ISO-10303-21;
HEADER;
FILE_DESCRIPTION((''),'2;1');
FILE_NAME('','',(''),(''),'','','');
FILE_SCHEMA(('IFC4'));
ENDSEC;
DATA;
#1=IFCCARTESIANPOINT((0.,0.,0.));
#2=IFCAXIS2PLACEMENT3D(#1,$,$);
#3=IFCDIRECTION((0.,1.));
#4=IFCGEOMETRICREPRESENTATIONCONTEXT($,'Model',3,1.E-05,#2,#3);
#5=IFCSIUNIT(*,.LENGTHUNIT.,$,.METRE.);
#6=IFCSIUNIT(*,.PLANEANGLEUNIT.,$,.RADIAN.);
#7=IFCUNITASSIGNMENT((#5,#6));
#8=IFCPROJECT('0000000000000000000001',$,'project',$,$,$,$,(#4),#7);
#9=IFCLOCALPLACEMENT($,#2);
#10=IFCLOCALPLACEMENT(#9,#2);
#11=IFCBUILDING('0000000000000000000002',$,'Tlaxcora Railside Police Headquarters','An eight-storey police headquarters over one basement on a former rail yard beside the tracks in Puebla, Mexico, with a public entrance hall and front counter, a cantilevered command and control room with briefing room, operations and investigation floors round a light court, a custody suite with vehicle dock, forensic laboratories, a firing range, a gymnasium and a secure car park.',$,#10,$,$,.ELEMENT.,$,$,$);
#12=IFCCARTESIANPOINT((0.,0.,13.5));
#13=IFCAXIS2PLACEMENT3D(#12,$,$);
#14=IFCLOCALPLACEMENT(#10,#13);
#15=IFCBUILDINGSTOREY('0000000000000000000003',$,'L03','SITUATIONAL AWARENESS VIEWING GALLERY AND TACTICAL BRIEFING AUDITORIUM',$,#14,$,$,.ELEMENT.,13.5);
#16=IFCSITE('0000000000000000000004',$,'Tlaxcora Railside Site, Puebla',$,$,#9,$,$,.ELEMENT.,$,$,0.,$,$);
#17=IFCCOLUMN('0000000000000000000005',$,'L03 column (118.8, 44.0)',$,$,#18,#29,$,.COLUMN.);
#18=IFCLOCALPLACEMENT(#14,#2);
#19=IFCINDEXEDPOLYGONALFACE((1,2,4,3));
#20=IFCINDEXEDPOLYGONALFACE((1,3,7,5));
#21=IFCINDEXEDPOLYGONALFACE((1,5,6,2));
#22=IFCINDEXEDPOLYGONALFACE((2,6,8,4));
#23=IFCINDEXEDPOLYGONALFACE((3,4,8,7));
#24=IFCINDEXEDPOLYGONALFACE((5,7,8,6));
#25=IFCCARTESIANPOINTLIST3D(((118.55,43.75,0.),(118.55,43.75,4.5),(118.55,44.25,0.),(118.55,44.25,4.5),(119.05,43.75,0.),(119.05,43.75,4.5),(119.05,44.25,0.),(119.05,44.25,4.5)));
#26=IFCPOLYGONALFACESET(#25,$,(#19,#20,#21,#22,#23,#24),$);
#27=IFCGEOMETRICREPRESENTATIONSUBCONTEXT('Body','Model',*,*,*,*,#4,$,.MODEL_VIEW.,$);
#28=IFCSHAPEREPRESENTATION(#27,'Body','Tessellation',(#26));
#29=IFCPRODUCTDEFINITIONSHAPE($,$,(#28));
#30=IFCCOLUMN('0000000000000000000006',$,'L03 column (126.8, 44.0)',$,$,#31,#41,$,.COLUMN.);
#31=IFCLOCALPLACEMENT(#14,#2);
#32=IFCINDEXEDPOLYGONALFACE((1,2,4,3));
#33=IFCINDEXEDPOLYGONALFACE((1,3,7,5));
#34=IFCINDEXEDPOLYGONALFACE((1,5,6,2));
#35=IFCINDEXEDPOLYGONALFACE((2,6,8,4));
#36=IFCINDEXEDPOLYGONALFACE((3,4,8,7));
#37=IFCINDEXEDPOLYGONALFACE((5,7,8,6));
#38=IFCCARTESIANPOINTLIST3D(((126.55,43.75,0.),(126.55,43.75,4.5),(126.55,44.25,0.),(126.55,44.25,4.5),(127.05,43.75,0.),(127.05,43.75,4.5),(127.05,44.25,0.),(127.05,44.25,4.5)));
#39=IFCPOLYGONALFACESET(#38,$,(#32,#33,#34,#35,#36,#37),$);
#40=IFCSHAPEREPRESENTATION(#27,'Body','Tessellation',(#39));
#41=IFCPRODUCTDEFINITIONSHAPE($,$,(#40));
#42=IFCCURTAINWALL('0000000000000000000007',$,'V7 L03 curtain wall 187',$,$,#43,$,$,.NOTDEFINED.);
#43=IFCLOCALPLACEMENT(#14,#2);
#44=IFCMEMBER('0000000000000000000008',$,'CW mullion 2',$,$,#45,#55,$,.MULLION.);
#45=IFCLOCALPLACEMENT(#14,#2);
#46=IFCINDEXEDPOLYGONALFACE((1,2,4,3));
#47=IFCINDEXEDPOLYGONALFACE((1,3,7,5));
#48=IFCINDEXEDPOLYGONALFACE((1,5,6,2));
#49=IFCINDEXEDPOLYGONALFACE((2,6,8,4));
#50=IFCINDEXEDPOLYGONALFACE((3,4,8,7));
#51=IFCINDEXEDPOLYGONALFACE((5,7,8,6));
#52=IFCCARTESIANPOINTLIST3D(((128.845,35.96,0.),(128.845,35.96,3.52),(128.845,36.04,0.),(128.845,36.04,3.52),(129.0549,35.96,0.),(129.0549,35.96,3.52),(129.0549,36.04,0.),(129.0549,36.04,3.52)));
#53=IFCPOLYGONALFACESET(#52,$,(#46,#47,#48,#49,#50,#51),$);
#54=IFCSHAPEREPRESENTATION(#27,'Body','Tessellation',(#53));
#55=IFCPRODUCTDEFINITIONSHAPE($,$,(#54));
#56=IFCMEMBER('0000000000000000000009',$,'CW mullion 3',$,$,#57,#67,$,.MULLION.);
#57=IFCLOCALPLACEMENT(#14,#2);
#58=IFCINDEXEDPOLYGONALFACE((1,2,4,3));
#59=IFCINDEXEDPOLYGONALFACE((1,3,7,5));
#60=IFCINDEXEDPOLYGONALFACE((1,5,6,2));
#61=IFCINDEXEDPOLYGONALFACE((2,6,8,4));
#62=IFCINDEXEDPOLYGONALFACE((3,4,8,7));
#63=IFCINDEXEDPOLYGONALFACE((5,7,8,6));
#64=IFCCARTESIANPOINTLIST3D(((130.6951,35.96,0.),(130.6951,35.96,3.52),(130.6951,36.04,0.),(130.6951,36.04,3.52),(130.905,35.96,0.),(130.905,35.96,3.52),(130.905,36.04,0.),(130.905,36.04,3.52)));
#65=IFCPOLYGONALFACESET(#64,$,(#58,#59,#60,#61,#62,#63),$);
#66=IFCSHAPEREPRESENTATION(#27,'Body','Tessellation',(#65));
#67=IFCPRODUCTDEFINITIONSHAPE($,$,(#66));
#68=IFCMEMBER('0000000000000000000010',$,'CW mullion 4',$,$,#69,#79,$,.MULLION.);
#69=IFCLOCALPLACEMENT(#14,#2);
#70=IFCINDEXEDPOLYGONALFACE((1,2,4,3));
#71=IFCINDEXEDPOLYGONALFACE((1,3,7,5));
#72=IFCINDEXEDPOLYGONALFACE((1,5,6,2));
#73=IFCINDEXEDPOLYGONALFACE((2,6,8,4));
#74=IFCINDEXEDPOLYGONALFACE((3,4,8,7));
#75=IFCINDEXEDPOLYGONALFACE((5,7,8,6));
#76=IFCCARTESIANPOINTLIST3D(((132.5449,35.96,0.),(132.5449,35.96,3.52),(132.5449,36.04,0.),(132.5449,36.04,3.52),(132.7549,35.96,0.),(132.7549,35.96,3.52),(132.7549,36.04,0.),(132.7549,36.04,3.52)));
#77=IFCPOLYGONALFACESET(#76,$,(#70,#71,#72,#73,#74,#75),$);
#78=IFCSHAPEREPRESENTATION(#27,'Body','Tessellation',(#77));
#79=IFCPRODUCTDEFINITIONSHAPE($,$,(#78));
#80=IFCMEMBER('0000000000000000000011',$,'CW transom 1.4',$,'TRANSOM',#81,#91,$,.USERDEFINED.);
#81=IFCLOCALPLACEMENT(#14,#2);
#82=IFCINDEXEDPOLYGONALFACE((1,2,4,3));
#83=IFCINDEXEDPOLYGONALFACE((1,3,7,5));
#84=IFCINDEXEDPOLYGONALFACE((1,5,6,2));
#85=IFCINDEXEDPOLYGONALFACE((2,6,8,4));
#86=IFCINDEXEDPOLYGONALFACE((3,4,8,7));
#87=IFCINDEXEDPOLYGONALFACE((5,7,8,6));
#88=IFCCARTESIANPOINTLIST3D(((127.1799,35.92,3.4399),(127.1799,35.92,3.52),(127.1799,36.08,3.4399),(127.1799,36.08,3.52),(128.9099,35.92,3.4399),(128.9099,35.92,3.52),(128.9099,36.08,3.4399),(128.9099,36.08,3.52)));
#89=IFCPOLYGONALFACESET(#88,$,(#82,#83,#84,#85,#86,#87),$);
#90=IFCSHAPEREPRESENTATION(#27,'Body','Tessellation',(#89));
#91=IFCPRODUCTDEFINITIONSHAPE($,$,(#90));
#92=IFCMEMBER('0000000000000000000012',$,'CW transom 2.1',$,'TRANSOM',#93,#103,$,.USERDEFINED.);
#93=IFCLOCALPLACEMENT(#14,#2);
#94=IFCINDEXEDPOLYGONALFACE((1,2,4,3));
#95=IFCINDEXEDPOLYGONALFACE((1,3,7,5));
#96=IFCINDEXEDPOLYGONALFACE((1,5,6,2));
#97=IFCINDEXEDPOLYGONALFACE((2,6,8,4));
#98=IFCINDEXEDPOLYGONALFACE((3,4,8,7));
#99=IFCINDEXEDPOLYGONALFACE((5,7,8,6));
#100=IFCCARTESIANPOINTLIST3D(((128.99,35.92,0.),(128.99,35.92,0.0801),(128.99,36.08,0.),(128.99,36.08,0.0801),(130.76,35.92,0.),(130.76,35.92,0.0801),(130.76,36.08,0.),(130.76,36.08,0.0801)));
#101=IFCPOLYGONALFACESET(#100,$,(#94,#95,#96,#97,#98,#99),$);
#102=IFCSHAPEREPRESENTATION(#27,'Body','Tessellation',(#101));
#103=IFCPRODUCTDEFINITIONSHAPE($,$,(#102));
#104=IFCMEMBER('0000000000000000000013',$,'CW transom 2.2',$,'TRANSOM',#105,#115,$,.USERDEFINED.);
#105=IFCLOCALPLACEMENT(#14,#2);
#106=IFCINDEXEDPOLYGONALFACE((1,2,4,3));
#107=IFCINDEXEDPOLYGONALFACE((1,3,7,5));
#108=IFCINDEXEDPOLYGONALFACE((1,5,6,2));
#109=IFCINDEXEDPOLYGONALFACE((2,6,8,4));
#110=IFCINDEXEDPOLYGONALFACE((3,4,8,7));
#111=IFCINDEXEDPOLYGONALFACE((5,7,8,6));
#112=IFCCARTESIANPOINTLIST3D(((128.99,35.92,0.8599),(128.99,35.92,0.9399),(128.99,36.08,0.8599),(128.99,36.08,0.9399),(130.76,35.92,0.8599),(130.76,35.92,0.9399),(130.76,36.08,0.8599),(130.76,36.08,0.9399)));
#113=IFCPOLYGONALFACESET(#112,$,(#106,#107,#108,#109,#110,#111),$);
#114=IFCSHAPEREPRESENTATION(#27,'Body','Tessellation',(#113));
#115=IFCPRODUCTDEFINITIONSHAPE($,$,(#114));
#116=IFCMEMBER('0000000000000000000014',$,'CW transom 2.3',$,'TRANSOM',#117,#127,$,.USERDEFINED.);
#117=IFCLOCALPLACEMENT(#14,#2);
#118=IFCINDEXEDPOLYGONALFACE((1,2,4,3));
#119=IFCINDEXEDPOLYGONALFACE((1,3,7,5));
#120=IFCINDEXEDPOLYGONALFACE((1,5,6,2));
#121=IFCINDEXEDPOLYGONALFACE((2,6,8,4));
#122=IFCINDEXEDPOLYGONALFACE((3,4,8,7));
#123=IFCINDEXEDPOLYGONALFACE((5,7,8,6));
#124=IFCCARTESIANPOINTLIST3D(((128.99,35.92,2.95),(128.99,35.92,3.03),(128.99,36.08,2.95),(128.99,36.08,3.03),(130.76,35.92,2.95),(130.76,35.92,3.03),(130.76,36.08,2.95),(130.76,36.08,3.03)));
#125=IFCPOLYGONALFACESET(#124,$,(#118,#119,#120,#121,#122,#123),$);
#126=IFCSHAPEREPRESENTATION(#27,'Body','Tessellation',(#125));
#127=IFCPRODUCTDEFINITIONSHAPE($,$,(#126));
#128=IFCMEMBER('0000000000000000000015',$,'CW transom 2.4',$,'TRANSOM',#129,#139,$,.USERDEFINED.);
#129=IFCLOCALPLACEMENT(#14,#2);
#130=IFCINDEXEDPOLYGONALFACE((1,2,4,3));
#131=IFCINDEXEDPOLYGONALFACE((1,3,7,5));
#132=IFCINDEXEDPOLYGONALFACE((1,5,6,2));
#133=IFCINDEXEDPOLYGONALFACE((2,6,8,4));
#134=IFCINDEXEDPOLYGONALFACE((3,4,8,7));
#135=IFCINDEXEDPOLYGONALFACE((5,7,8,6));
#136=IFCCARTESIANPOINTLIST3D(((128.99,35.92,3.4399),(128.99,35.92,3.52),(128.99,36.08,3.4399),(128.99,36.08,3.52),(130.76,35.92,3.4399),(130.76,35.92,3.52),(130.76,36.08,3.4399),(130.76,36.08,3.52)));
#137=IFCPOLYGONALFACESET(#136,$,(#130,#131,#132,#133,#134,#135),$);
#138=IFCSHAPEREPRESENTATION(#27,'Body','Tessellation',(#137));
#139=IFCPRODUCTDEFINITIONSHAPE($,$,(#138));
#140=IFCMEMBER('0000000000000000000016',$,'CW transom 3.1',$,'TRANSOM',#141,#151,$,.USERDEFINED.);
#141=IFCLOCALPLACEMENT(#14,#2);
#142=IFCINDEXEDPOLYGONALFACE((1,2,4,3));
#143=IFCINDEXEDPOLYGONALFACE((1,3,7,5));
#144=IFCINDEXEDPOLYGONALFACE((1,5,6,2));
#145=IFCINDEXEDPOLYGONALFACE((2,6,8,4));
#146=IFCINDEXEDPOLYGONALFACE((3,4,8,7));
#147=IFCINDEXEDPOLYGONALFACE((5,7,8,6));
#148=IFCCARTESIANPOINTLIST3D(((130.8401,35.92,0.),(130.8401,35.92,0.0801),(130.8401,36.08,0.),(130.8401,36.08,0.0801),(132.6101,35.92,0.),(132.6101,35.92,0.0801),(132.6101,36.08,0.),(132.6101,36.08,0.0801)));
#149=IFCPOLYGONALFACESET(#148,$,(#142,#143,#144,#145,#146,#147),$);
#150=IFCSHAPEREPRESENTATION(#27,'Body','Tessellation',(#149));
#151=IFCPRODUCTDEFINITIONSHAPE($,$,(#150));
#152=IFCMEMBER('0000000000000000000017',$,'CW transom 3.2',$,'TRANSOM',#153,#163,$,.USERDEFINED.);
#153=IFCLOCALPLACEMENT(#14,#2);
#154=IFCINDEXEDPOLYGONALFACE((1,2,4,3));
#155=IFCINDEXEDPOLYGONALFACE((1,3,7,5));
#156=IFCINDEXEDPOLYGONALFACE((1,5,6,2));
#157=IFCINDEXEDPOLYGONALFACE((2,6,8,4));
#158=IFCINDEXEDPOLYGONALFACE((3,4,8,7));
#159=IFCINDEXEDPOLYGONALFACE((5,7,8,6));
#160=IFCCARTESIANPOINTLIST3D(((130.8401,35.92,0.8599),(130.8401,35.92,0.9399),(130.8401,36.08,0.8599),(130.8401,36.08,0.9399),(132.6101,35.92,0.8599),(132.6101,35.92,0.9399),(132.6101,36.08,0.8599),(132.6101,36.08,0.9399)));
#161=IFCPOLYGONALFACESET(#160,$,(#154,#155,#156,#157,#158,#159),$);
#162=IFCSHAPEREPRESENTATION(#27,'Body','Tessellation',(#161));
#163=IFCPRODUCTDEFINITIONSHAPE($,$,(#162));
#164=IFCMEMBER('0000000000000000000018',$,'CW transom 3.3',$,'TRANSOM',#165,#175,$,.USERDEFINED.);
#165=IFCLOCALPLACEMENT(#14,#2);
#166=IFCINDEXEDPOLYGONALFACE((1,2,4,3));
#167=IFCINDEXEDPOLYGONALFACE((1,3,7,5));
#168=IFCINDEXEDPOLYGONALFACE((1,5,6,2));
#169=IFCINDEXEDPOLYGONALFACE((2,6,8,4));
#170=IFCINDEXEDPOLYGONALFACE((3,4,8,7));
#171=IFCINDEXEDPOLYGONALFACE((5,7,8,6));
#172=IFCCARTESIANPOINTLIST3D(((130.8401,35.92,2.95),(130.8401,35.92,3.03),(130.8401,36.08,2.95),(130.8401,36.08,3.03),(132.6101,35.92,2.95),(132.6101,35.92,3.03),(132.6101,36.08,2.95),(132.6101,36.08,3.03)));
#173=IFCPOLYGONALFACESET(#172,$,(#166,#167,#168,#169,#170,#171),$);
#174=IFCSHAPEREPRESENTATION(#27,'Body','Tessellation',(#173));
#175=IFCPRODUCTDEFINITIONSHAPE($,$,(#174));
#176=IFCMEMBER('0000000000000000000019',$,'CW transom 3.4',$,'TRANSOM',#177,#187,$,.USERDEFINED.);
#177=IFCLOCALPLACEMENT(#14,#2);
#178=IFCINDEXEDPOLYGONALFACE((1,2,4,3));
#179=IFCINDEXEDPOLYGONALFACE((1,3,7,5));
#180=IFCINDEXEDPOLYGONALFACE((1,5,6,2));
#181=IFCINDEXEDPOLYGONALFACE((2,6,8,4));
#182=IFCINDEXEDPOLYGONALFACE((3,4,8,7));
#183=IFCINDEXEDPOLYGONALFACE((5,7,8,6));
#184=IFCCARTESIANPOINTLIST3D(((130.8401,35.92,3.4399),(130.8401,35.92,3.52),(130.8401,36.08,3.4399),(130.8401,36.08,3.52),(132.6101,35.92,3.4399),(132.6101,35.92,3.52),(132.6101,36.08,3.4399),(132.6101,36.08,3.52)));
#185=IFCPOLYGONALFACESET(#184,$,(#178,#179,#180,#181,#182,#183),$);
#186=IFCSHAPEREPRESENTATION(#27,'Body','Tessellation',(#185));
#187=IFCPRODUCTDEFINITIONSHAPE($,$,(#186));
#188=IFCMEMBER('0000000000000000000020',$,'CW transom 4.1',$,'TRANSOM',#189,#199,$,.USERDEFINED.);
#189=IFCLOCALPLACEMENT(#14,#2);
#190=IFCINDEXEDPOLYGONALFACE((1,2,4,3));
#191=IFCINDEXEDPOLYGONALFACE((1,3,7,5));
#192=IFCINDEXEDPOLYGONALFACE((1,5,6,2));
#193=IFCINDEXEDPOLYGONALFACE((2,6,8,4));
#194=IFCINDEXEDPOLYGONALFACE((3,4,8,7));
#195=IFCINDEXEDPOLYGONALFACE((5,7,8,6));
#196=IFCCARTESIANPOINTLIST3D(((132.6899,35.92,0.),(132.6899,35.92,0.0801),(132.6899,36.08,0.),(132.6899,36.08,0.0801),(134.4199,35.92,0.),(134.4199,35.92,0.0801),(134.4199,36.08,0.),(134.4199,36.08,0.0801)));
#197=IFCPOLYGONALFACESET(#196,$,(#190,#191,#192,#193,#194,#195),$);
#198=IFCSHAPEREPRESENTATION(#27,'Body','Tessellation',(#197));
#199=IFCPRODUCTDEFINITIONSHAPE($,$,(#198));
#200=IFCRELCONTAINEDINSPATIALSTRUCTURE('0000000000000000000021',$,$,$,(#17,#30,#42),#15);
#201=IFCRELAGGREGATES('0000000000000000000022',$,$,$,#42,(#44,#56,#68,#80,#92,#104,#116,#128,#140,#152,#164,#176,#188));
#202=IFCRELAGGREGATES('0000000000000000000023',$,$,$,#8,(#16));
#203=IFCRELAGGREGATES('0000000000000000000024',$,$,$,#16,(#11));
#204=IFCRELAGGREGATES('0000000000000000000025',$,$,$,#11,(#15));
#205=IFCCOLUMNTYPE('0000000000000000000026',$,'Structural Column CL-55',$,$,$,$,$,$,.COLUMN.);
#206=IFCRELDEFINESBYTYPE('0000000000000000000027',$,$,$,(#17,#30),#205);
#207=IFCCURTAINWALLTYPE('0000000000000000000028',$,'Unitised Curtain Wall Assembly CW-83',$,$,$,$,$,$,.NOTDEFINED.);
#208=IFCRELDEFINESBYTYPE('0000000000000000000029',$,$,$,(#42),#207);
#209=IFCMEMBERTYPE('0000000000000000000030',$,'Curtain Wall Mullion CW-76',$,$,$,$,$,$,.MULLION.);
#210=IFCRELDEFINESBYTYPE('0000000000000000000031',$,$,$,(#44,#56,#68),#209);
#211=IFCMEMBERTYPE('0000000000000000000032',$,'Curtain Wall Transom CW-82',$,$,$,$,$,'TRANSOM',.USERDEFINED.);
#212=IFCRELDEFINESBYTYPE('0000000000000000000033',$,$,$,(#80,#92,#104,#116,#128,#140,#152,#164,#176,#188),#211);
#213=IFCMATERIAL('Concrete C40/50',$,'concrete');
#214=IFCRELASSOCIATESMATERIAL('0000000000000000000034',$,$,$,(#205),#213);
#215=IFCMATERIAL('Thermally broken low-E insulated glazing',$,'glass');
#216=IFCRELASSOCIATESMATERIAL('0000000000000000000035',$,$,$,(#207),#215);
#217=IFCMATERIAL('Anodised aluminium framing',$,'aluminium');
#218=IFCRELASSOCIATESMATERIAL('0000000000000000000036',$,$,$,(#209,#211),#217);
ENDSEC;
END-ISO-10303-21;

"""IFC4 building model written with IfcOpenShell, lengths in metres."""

from ifc_helpers import new_model, si_unit, direction, frame, origin, origin_2d, place, context, subcontext, project, spatial, rectangle, extrude, material, material_profile, profile_set, type_object, element, aggregate, save


model = new_model("IFC4")

# Units and contexts
model_context = context("Model", 3, precision=1e-05, world=origin(), true_north=direction((0.0, 1.0)))
body_context = subcontext(model_context, "Body", "Model", "MODEL_VIEW")
ifc_project = project(units=[si_unit("LENGTHUNIT", "METRE"), si_unit("PLANEANGLEUNIT", "RADIAN")], contexts=[model_context])

# Site, building, storey
site_placement = place(None, origin())
site = spatial("IfcSite", under=ifc_project, at=site_placement, Name="Tlaxcora Railside Site, Puebla", CompositionType="ELEMENT", RefElevation=0.0)
building_placement = place(site_placement, origin())
building = spatial("IfcBuilding", under=site, at=building_placement, Name="Tlaxcora Railside Police Headquarters", Description="An eight-storey police headquarters over one basement on a former rail yard beside the tracks in Puebla, Mexico, with a public entrance hall and front counter, a cantilevered command and control room with briefing room, operations and investigation floors round a light court, a custody suite with vehicle dock, forensic laboratories, a firing range, a gymnasium and a secure car park.", CompositionType="ELEMENT")
storey_placement = place(building_placement, frame((0.0, 0.0, 13.5)))
storey = spatial("IfcBuildingStorey", under=building, at=storey_placement, Name="L03", Description="SITUATIONAL AWARENESS VIEWING GALLERY AND TACTICAL BRIEFING AUDITORIUM", CompositionType="ELEMENT", Elevation=13.5)

# Columns
ifc_material_1 = material(Name="Concrete C40/50", Category="concrete")
ifc_material_profile_1 = material_profile(ifc_material_1, rectangle(XDim=0.5, YDim=0.5, at=origin_2d()), Name="RC500X500")
ifc_profile_set_1 = profile_set([ifc_material_profile_1], Name="Concrete C40/50")
column_type = type_object("IfcColumnType", Name="Structural Column CL-55", PredefinedType="COLUMN", material=ifc_profile_set_1)
for number, where, z_axis, x_axis, name in (
    (1, (118.8, 44.0, 0.0), (0.0, 0.0, 1.0), (1.0, 0.0, 0.0), "L03 column (118.8, 44.0)"),
    (2, (126.8, 44.0, 0.0), (0.0, 0.0, 1.0), (1.0, 0.0, 0.0), "L03 column (126.8, 44.0)"),
):
    element("IfcColumn", number, at=place(storey_placement, frame(where, z_axis=z_axis, x_axis=x_axis)), inside=storey, type_object=column_type, Name=name, PredefinedType="COLUMN", context=body_context, shape_type="SweptSolid", body=[
        extrude(rectangle(XDim=0.5, YDim=0.5, at=origin_2d()), origin(), (0.0, 0.0, 1.0), 4.5),
    ])

# Curtain wall, members
ifc_material_2 = material(Name="Thermally broken low-E insulated glazing", Category="glass")
curtain_wall_type = type_object("IfcCurtainWallType", Name="Unitised Curtain Wall Assembly CW-83", PredefinedType="NOTDEFINED", material=ifc_material_2)
curtain_wall_placement = place(storey_placement, origin())
curtain_wall = element("IfcCurtainWall", 3, at=curtain_wall_placement, inside=storey, type_object=curtain_wall_type, Name="V7 L03 curtain wall 187", PredefinedType="NOTDEFINED")
ifc_material_3 = material(Name="Anodised aluminium framing", Category="aluminium")
ifc_material_profile_2 = material_profile(ifc_material_3, rectangle(XDim=0.0801, YDim=0.21, at=origin_2d()), Name="AL80X210")
ifc_profile_set_2 = profile_set([ifc_material_profile_2], Name="Anodised aluminium framing")
member_type_1 = type_object("IfcMemberType", Name="Curtain Wall Mullion CW-76", PredefinedType="MULLION", material=ifc_profile_set_2)
member_1_placement = place(storey_placement, frame((128.95, 36.0, 0.0), z_axis=(0.0, 0.0, 1.0), x_axis=(0.0, 1.0, 0.0)))
member_1 = element("IfcMember", 4, at=member_1_placement, type_object=member_type_1, Name="CW mullion 2", PredefinedType="MULLION", context=body_context, shape_type="SweptSolid", body=[
    extrude(rectangle(XDim=0.0801, YDim=0.21, at=origin_2d()), origin(), (0.0, 0.0, 1.0), 3.52),
])
member_2_placement = place(storey_placement, frame((130.8, 36.0, 0.0), z_axis=(0.0, 0.0, 1.0), x_axis=(0.0, 1.0, 0.0)))
member_2 = element("IfcMember", 5, at=member_2_placement, type_object=member_type_1, Name="CW mullion 3", PredefinedType="MULLION", context=body_context, shape_type="SweptSolid", body=[
    extrude(rectangle(XDim=0.0801, YDim=0.21, at=origin_2d()), origin(), (0.0, 0.0, 1.0), 3.52),
])
member_3_placement = place(storey_placement, frame((132.6499, 36.0, 0.0), z_axis=(0.0, 0.0, 1.0), x_axis=(0.0, 1.0, 0.0)))
member_3 = element("IfcMember", 6, at=member_3_placement, type_object=member_type_1, Name="CW mullion 4", PredefinedType="MULLION", context=body_context, shape_type="SweptSolid", body=[
    extrude(rectangle(XDim=0.0801, YDim=0.21, at=origin_2d()), origin(), (0.0, 0.0, 1.0), 3.52),
])
ifc_material_profile_3 = material_profile(ifc_material_3, rectangle(XDim=0.1599, YDim=0.0801, at=origin_2d()), Name="AL80X160")
ifc_profile_set_3 = profile_set([ifc_material_profile_3], Name="Anodised aluminium framing")
member_type_2 = type_object("IfcMemberType", Name="Curtain Wall Transom CW-82", ElementType="TRANSOM", PredefinedType="USERDEFINED", material=ifc_profile_set_3)
member_4_placement = place(storey_placement, frame((127.1799, 36.0, 3.48), z_axis=(1.0, 0.0, 0.0), x_axis=(0.0, 1.0, 0.0)))
member_4 = element("IfcMember", 7, at=member_4_placement, type_object=member_type_2, Name="CW transom 1.4", ObjectType="TRANSOM", PredefinedType="USERDEFINED", context=body_context, shape_type="SweptSolid", body=[
    extrude(rectangle(XDim=0.1599, YDim=0.0801, at=origin_2d()), origin(), (0.0, 0.0, 1.0), 1.73),
])
member_5_placement = place(storey_placement, frame((128.99, 36.0, 0.04), z_axis=(1.0, 0.0, 0.0), x_axis=(0.0, 1.0, 0.0)))
member_5 = element("IfcMember", 8, at=member_5_placement, type_object=member_type_2, Name="CW transom 2.1", ObjectType="TRANSOM", PredefinedType="USERDEFINED", context=body_context, shape_type="SweptSolid", body=[
    extrude(rectangle(XDim=0.1599, YDim=0.0801, at=origin_2d()), origin(), (0.0, 0.0, 1.0), 1.77),
])
member_6_placement = place(storey_placement, frame((128.99, 36.0, 0.8999), z_axis=(1.0, 0.0, 0.0), x_axis=(0.0, 1.0, 0.0)))
member_6 = element("IfcMember", 9, at=member_6_placement, type_object=member_type_2, Name="CW transom 2.2", ObjectType="TRANSOM", PredefinedType="USERDEFINED", context=body_context, shape_type="SweptSolid", body=[
    extrude(rectangle(XDim=0.1599, YDim=0.0801, at=origin_2d()), origin(), (0.0, 0.0, 1.0), 1.77),
])
member_7_placement = place(storey_placement, frame((128.99, 36.0, 2.99), z_axis=(1.0, 0.0, 0.0), x_axis=(0.0, 1.0, 0.0)))
member_7 = element("IfcMember", 10, at=member_7_placement, type_object=member_type_2, Name="CW transom 2.3", ObjectType="TRANSOM", PredefinedType="USERDEFINED", context=body_context, shape_type="SweptSolid", body=[
    extrude(rectangle(XDim=0.1599, YDim=0.0801, at=origin_2d()), origin(), (0.0, 0.0, 1.0), 1.77),
])
member_8_placement = place(storey_placement, frame((128.99, 36.0, 3.48), z_axis=(1.0, 0.0, 0.0), x_axis=(0.0, 1.0, 0.0)))
member_8 = element("IfcMember", 11, at=member_8_placement, type_object=member_type_2, Name="CW transom 2.4", ObjectType="TRANSOM", PredefinedType="USERDEFINED", context=body_context, shape_type="SweptSolid", body=[
    extrude(rectangle(XDim=0.1599, YDim=0.0801, at=origin_2d()), origin(), (0.0, 0.0, 1.0), 1.77),
])
member_9_placement = place(storey_placement, frame((130.8401, 36.0, 0.04), z_axis=(1.0, 0.0, 0.0), x_axis=(0.0, 1.0, 0.0)))
member_9 = element("IfcMember", 12, at=member_9_placement, type_object=member_type_2, Name="CW transom 3.1", ObjectType="TRANSOM", PredefinedType="USERDEFINED", context=body_context, shape_type="SweptSolid", body=[
    extrude(rectangle(XDim=0.1599, YDim=0.0801, at=origin_2d()), origin(), (0.0, 0.0, 1.0), 1.77),
])
member_10_placement = place(storey_placement, frame((130.8401, 36.0, 0.8999), z_axis=(1.0, 0.0, 0.0), x_axis=(0.0, 1.0, 0.0)))
member_10 = element("IfcMember", 13, at=member_10_placement, type_object=member_type_2, Name="CW transom 3.2", ObjectType="TRANSOM", PredefinedType="USERDEFINED", context=body_context, shape_type="SweptSolid", body=[
    extrude(rectangle(XDim=0.1599, YDim=0.0801, at=origin_2d()), origin(), (0.0, 0.0, 1.0), 1.77),
])
member_11_placement = place(storey_placement, frame((130.8401, 36.0, 2.99), z_axis=(1.0, 0.0, 0.0), x_axis=(0.0, 1.0, 0.0)))
member_11 = element("IfcMember", 14, at=member_11_placement, type_object=member_type_2, Name="CW transom 3.3", ObjectType="TRANSOM", PredefinedType="USERDEFINED", context=body_context, shape_type="SweptSolid", body=[
    extrude(rectangle(XDim=0.1599, YDim=0.0801, at=origin_2d()), origin(), (0.0, 0.0, 1.0), 1.77),
])
member_12_placement = place(storey_placement, frame((130.8401, 36.0, 3.48), z_axis=(1.0, 0.0, 0.0), x_axis=(0.0, 1.0, 0.0)))
member_12 = element("IfcMember", 15, at=member_12_placement, type_object=member_type_2, Name="CW transom 3.4", ObjectType="TRANSOM", PredefinedType="USERDEFINED", context=body_context, shape_type="SweptSolid", body=[
    extrude(rectangle(XDim=0.1599, YDim=0.0801, at=origin_2d()), origin(), (0.0, 0.0, 1.0), 1.77),
])
member_13_placement = place(storey_placement, frame((132.6899, 36.0, 0.04), z_axis=(1.0, 0.0, 0.0), x_axis=(0.0, 1.0, 0.0)))
member_13 = element("IfcMember", 16, at=member_13_placement, type_object=member_type_2, Name="CW transom 4.1", ObjectType="TRANSOM", PredefinedType="USERDEFINED", context=body_context, shape_type="SweptSolid", body=[
    extrude(rectangle(XDim=0.1599, YDim=0.0801, at=origin_2d()), origin(), (0.0, 0.0, 1.0), 1.73),
])

aggregate(curtain_wall, [member_1, member_2, member_3, member_4, member_5, member_6, member_7, member_8, member_9, member_10, member_11, member_12, member_13])

save(model, "model.ifc")
